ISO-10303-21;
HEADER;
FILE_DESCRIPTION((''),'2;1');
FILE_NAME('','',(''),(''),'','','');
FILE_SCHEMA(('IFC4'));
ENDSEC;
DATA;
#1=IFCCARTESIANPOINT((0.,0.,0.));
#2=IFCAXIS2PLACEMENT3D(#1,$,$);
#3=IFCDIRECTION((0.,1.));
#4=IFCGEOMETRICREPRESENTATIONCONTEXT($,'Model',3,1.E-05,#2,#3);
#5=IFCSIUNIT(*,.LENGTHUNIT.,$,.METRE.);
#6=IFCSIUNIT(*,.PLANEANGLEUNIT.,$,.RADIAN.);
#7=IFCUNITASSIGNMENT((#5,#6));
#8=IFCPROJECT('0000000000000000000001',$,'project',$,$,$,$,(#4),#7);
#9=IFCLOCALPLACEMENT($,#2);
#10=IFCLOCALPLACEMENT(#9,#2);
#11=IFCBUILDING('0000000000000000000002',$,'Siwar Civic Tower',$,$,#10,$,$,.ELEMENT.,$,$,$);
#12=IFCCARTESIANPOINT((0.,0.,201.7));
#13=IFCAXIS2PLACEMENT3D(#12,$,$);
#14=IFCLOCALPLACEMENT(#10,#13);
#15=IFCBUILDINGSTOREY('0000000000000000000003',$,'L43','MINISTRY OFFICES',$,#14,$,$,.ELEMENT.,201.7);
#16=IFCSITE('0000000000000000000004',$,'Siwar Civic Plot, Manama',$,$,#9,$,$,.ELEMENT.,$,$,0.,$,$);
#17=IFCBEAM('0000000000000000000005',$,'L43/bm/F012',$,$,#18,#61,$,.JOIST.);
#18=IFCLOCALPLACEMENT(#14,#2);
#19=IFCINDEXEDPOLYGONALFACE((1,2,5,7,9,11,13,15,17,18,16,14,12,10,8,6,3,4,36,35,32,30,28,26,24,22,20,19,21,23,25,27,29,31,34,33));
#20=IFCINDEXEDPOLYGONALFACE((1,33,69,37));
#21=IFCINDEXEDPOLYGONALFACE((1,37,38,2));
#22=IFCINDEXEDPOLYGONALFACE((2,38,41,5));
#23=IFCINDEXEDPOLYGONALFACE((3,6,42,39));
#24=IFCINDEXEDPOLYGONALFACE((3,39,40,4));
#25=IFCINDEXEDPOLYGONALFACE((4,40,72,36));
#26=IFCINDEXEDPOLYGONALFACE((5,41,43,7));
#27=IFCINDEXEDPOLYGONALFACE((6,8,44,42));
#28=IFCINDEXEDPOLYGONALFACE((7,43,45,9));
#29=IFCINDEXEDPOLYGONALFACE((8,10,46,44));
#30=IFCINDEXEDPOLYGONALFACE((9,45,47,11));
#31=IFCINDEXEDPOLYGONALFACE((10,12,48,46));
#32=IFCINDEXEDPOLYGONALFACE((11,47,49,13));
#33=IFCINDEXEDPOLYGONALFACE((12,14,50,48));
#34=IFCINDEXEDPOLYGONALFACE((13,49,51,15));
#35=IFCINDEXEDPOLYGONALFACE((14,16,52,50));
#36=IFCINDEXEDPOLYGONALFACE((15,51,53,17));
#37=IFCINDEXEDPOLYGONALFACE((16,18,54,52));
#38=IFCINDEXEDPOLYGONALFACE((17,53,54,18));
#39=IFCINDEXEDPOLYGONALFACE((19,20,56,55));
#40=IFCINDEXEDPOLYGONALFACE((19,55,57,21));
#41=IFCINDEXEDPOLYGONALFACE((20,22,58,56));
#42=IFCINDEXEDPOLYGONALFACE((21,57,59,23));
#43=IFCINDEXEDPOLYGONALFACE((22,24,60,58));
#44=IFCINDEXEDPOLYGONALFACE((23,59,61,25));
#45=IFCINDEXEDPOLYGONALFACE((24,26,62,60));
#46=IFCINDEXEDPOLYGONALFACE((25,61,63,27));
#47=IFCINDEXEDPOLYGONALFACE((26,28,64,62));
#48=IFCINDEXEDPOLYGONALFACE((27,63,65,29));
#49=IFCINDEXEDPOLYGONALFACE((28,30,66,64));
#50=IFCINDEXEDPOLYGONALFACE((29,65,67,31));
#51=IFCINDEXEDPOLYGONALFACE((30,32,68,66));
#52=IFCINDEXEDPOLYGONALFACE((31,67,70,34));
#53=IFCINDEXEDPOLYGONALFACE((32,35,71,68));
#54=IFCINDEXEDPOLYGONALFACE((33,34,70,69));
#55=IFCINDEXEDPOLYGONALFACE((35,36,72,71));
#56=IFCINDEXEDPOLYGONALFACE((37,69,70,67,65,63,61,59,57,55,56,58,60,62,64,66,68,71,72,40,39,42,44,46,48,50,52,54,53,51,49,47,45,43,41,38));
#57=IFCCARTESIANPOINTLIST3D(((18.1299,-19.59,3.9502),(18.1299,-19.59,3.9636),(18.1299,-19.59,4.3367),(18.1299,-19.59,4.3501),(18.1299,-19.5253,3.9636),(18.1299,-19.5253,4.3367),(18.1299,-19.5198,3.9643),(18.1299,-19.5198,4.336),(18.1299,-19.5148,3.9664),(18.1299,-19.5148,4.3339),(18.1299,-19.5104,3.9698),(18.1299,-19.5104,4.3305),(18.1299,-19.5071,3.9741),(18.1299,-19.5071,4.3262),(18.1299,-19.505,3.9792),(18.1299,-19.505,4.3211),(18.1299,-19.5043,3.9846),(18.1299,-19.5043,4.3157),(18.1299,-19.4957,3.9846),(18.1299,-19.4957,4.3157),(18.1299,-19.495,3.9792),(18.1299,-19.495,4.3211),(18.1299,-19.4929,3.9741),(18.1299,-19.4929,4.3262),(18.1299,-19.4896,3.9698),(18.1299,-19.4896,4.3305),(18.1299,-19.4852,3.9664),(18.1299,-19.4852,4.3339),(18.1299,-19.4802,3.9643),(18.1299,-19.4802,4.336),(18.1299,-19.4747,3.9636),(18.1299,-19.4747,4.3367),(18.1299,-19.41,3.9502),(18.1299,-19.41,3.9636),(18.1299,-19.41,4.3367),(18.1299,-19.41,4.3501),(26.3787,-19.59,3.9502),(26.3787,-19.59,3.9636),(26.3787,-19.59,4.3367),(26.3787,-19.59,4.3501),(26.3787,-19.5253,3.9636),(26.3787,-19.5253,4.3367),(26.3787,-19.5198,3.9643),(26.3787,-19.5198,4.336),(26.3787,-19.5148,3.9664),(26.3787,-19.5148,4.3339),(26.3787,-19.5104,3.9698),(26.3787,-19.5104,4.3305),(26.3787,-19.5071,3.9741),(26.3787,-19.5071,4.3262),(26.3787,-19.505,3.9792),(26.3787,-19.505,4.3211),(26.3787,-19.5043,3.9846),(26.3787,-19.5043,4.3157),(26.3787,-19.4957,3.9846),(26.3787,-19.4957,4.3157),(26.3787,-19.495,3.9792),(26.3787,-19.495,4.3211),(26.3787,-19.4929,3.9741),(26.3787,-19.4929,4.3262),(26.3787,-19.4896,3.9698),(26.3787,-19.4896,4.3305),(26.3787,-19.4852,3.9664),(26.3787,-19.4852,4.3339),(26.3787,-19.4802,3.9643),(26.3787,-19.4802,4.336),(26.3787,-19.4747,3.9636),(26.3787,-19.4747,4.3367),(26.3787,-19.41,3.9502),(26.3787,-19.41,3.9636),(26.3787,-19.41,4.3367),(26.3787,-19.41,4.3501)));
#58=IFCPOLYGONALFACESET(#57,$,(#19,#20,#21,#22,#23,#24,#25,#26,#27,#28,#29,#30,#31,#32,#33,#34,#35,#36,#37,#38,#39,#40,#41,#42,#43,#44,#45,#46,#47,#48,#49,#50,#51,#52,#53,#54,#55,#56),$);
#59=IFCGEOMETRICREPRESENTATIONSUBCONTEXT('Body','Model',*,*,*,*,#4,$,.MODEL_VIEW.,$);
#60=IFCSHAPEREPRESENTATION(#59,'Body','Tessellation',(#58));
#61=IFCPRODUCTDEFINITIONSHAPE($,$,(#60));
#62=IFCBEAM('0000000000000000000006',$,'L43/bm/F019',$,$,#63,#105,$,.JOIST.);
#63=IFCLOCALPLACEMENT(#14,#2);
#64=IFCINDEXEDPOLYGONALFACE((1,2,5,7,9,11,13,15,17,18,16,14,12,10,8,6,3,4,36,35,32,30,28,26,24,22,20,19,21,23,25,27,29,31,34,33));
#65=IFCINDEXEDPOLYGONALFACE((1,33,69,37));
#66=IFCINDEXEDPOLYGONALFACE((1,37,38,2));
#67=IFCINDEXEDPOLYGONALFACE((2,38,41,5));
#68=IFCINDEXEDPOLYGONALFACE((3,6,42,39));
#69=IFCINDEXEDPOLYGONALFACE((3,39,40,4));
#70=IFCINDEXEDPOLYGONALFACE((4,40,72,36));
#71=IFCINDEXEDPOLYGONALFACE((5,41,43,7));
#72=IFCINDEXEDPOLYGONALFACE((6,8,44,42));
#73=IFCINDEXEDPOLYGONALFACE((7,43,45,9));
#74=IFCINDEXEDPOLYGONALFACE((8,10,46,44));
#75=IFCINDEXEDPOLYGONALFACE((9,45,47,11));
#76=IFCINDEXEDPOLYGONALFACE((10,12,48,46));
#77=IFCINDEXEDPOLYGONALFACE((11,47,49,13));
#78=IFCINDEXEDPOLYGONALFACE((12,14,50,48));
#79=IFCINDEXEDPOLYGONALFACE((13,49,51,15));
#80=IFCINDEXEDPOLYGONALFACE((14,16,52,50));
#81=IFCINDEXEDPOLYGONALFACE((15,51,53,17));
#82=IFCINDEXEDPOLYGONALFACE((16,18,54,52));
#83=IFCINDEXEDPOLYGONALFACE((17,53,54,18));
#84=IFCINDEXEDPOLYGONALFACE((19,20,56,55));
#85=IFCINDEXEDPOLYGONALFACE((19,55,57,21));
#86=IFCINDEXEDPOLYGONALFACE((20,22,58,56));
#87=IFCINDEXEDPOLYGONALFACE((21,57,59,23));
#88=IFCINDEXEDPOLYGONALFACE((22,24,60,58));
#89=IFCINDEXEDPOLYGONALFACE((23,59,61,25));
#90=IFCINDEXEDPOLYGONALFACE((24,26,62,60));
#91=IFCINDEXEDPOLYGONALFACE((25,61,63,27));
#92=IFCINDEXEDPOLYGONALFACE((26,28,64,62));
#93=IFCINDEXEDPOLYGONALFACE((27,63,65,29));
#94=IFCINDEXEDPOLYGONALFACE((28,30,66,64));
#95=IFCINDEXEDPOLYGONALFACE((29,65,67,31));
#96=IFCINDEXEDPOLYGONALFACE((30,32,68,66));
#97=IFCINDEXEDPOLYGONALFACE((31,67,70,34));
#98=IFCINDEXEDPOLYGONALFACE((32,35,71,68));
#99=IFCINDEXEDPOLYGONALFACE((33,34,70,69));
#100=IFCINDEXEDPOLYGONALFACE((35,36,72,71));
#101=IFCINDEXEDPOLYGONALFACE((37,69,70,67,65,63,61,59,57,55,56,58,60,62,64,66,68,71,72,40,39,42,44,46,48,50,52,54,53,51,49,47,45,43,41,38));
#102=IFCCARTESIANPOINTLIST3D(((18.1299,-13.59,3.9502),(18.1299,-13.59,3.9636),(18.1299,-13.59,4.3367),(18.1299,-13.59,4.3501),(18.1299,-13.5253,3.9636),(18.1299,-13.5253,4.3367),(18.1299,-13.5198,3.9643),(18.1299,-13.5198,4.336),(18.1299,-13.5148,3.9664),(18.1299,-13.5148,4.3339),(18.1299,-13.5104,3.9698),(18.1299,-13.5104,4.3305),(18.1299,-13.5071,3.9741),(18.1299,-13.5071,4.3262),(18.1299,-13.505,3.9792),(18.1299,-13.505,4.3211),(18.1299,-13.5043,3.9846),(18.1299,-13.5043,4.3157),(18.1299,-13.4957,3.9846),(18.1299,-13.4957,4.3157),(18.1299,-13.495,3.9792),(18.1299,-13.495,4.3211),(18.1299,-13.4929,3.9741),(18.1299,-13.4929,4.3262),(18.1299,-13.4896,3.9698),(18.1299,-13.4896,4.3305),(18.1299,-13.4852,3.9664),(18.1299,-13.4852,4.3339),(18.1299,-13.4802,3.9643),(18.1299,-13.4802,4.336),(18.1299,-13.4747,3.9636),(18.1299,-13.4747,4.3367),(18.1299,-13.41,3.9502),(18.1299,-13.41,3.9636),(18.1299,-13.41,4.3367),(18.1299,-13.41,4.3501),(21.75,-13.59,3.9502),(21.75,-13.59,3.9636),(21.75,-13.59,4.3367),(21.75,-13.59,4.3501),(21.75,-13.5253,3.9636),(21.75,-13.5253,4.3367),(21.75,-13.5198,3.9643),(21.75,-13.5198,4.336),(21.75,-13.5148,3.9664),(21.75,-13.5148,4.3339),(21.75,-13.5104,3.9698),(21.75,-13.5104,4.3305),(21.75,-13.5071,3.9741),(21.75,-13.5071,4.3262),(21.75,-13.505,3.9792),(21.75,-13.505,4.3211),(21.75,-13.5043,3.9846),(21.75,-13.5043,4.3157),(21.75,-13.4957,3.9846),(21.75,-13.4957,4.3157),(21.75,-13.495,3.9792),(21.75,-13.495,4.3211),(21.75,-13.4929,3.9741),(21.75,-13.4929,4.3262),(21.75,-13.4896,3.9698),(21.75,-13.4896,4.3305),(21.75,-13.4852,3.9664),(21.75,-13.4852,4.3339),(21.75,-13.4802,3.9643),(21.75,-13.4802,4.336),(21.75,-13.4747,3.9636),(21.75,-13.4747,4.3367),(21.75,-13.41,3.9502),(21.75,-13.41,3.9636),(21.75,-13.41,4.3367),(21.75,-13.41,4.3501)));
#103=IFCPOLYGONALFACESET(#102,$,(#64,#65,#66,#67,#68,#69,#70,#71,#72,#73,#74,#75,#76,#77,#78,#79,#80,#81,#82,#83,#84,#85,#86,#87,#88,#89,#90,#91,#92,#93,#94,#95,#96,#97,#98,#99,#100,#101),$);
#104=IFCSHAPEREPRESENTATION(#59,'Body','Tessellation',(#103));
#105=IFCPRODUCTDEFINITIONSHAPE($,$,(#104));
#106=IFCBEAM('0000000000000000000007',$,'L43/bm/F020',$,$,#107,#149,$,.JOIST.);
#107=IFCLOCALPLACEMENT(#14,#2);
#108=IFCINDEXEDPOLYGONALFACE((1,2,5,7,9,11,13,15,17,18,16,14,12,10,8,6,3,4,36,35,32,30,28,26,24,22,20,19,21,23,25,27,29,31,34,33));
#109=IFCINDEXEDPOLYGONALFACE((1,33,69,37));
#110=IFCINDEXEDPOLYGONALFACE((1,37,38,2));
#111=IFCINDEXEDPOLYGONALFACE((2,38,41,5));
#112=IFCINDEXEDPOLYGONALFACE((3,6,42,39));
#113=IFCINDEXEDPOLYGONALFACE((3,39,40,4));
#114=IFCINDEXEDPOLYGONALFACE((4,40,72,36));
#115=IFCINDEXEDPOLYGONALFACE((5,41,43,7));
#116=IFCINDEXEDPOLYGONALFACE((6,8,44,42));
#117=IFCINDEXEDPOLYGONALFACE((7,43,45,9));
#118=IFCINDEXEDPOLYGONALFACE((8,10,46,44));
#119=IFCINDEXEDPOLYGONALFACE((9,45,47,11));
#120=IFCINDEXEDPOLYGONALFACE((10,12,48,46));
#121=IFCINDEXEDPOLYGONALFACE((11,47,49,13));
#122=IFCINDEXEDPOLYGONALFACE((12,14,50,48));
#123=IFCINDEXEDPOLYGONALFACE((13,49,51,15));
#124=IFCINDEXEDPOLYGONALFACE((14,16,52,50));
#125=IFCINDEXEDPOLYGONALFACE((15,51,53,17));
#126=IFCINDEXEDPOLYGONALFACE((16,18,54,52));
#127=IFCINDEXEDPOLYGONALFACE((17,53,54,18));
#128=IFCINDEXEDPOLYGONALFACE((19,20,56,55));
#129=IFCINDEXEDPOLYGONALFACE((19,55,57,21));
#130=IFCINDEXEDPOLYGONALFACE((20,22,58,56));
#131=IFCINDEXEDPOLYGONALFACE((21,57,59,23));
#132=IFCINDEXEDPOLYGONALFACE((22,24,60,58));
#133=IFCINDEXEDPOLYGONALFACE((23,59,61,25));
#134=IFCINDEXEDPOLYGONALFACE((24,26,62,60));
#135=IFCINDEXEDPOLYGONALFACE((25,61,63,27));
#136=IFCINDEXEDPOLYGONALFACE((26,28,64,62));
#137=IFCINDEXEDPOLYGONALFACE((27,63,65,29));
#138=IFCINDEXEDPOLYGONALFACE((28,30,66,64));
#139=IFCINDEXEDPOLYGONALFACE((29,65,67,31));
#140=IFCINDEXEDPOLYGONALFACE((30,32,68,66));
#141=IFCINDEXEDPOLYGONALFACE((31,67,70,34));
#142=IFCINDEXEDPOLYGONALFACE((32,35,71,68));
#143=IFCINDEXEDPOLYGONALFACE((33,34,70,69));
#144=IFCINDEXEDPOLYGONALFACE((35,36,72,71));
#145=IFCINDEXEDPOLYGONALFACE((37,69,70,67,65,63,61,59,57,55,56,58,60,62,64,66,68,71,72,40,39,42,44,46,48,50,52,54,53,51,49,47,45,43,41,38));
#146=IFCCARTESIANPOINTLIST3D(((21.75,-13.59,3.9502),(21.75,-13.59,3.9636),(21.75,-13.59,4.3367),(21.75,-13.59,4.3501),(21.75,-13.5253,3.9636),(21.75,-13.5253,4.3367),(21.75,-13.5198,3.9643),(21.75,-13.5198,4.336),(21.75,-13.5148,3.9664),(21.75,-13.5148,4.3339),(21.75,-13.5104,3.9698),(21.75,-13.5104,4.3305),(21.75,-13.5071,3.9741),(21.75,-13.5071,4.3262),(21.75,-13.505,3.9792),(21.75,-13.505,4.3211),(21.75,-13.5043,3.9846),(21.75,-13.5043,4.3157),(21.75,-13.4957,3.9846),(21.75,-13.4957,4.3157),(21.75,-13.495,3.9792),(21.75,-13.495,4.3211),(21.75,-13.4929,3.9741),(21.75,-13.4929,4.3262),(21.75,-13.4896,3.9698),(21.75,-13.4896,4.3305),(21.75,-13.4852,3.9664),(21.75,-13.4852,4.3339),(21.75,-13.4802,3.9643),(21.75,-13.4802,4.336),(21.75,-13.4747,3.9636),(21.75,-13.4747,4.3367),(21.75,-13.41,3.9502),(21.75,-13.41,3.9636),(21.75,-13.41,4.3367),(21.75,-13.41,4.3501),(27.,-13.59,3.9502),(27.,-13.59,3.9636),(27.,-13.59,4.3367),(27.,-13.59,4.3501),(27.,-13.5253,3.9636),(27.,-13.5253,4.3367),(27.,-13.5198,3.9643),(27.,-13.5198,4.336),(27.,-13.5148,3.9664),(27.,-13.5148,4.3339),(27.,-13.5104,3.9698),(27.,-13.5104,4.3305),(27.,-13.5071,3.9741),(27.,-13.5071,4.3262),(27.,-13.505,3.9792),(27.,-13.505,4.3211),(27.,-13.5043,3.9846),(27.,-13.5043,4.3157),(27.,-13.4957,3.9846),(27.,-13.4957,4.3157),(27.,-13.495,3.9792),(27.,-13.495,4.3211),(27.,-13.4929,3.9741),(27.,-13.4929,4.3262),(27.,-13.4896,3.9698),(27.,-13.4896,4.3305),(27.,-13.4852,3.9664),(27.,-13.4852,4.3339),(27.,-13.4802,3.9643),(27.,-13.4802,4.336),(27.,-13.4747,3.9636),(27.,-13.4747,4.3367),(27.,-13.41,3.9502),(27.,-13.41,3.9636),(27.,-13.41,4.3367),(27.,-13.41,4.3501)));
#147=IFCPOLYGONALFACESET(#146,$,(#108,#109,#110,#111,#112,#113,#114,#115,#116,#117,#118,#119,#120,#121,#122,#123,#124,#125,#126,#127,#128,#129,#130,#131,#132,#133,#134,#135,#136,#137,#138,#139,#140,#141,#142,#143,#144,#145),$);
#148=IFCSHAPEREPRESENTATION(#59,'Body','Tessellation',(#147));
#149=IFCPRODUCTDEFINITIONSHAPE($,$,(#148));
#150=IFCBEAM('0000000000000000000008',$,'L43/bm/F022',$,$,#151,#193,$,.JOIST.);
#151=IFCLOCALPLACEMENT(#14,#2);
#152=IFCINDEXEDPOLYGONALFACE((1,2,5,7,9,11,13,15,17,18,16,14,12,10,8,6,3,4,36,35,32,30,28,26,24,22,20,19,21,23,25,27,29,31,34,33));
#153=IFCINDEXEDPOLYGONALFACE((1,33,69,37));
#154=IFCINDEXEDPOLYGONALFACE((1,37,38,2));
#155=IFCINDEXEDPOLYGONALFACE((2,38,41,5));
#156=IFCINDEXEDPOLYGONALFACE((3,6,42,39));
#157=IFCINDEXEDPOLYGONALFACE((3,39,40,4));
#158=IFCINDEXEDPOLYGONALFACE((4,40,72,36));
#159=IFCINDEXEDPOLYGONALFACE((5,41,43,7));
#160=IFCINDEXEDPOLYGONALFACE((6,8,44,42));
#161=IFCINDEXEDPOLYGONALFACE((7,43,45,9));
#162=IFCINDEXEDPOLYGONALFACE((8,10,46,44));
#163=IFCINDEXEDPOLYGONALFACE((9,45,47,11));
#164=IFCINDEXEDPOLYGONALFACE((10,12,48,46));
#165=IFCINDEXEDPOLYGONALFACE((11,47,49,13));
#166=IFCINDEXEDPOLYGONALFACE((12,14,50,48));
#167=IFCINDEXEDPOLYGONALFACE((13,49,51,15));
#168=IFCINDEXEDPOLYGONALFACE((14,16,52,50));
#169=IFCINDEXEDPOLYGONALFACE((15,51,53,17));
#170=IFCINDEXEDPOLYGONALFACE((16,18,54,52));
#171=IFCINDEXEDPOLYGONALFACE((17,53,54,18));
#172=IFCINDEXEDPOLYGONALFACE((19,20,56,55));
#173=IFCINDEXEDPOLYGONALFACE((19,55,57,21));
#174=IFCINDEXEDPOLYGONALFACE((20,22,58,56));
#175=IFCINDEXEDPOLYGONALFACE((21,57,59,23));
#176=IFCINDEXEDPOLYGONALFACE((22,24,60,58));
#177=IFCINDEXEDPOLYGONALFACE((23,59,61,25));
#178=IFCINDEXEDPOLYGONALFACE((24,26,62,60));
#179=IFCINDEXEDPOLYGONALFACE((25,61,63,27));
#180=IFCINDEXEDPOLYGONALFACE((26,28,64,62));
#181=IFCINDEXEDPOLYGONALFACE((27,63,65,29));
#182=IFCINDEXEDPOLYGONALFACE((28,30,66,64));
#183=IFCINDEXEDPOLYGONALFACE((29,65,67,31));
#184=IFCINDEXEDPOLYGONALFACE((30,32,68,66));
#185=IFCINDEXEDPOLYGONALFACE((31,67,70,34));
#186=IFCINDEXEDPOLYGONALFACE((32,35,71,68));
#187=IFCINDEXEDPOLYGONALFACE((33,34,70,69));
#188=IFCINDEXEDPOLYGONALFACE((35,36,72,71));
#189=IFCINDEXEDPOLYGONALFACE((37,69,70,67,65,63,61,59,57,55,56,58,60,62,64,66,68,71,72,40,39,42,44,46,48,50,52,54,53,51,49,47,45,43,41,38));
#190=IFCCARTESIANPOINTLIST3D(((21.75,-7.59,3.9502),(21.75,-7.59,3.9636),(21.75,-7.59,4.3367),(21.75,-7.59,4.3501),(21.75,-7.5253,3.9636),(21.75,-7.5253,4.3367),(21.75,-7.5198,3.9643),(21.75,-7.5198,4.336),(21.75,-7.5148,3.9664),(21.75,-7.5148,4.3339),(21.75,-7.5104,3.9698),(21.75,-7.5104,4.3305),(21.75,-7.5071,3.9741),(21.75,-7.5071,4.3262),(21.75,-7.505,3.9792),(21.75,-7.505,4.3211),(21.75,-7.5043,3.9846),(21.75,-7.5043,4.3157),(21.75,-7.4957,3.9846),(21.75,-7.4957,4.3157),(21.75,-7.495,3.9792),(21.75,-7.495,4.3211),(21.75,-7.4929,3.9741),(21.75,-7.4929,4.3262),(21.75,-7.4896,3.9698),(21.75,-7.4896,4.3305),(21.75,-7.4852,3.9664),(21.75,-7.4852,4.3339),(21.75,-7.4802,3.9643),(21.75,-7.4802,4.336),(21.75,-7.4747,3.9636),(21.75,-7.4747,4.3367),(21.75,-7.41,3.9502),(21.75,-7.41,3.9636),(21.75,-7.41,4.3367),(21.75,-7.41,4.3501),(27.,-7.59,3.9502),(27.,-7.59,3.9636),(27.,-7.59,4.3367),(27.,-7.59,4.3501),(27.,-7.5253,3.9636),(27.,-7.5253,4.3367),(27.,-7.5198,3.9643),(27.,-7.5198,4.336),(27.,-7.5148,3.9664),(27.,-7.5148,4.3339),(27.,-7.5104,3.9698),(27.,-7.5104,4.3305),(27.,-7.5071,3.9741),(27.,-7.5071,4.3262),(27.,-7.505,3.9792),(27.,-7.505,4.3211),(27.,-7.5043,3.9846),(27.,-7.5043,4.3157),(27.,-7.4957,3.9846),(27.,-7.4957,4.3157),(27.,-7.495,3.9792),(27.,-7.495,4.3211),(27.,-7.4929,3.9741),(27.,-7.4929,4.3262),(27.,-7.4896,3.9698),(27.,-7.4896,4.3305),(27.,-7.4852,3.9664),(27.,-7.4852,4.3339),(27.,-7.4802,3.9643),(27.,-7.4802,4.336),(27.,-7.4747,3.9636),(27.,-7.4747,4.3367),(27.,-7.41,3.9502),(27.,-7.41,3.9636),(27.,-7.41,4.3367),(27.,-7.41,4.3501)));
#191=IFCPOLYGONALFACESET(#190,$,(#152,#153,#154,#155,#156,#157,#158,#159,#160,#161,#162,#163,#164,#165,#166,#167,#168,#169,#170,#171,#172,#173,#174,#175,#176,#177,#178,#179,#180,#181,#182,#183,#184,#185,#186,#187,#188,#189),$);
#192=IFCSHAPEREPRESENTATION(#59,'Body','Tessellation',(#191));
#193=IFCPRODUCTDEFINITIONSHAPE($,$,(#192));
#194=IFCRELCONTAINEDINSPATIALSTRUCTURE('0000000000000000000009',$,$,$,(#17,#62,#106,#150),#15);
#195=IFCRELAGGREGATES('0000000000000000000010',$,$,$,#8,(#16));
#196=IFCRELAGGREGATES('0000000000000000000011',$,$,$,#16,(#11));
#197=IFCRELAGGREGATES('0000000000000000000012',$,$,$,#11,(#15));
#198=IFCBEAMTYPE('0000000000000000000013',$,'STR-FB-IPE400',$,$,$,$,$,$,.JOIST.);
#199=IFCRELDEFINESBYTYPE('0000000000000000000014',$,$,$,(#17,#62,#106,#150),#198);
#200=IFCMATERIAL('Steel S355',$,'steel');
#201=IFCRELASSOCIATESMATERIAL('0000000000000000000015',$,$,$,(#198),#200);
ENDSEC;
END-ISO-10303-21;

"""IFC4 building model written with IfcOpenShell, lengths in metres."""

from ifc_helpers import new_model, si_unit, direction, frame, origin, origin_2d, place, context, subcontext, project, spatial, i_section, extrude, material, material_profile, profile_set, type_object, element, save


model = new_model("IFC4")

# Units and contexts
model_context = context("Model", 3, precision=1e-05, world=origin(), true_north=direction((0.0, 1.0)))
body_context = subcontext(model_context, "Body", "Model", "MODEL_VIEW")
ifc_project = project(units=[si_unit("LENGTHUNIT", "METRE"), si_unit("PLANEANGLEUNIT", "RADIAN")], contexts=[model_context])

# Site, building, storey
site_placement = place(None, origin())
site = spatial("IfcSite", under=ifc_project, at=site_placement, Name="Siwar Civic Plot, Manama", CompositionType="ELEMENT", RefElevation=0.0)
building_placement = place(site_placement, origin())
building = spatial("IfcBuilding", under=site, at=building_placement, Name="Siwar Civic Tower", CompositionType="ELEMENT")
storey_placement = place(building_placement, frame((0.0, 0.0, 201.7)))
storey = spatial("IfcBuildingStorey", under=building, at=storey_placement, Name="L43", Description="MINISTRY OFFICES", CompositionType="ELEMENT", Elevation=201.7)

# Beams
ifc_material_1 = material(Name="Steel S355", Category="steel")
ifc_material_profile_1 = material_profile(ifc_material_1, i_section(OverallWidth=0.1799, OverallDepth=0.3999, WebThickness=0.0085, FlangeThickness=0.0134, FilletRadius=0.021, at=origin_2d()), Name="IPE400")
ifc_profile_set_1 = profile_set([ifc_material_profile_1], Name="Steel S355")
beam_type_1 = type_object("IfcBeamType", Name="STR-FB-IPE400", PredefinedType="JOIST", material=ifc_profile_set_1)
beam_1_placement = place(storey_placement, frame((18.1299, -19.5, 4.1501), z_axis=(1.0, 0.0, 0.0), x_axis=(0.0, 1.0, 0.0)))
element("IfcBeam", 1, at=beam_1_placement, inside=storey, type_object=beam_type_1, Name="L43/bm/F012", PredefinedType="JOIST", context=body_context, shape_type="SweptSolid", body=[
    extrude(i_section(OverallWidth=0.1799, OverallDepth=0.3999, WebThickness=0.0085, FlangeThickness=0.0134, FilletRadius=0.021, at=origin_2d()), origin(), (0.0, 0.0, 1.0), 8.2488),
])
beam_2_placement = place(storey_placement, frame((18.1299, -13.5, 4.1501), z_axis=(1.0, 0.0, 0.0), x_axis=(0.0, 1.0, 0.0)))
element("IfcBeam", 2, at=beam_2_placement, inside=storey, type_object=beam_type_1, Name="L43/bm/F019", PredefinedType="JOIST", context=body_context, shape_type="SweptSolid", body=[
    extrude(i_section(OverallWidth=0.1799, OverallDepth=0.3999, WebThickness=0.0085, FlangeThickness=0.0134, FilletRadius=0.021, at=origin_2d()), origin(), (0.0, 0.0, 1.0), 3.6201),
])
for number, where, z_axis, x_axis, name in (
    (3, (21.75, -13.5, 4.1501), (1.0, 0.0, 0.0), (0.0, 1.0, 0.0), "L43/bm/F020"),
    (4, (21.75, -7.5, 4.1501), (1.0, 0.0, 0.0), (0.0, 1.0, 0.0), "L43/bm/F022"),
):
    element("IfcBeam", number, at=place(storey_placement, frame(where, z_axis=z_axis, x_axis=x_axis)), inside=storey, type_object=beam_type_1, Name=name, PredefinedType="JOIST", context=body_context, shape_type="SweptSolid", body=[
        extrude(i_section(OverallWidth=0.1799, OverallDepth=0.3999, WebThickness=0.0085, FlangeThickness=0.0134, FilletRadius=0.021, at=origin_2d()), origin(), (0.0, 0.0, 1.0), 5.25),
    ])

save(model, "model.ifc")
